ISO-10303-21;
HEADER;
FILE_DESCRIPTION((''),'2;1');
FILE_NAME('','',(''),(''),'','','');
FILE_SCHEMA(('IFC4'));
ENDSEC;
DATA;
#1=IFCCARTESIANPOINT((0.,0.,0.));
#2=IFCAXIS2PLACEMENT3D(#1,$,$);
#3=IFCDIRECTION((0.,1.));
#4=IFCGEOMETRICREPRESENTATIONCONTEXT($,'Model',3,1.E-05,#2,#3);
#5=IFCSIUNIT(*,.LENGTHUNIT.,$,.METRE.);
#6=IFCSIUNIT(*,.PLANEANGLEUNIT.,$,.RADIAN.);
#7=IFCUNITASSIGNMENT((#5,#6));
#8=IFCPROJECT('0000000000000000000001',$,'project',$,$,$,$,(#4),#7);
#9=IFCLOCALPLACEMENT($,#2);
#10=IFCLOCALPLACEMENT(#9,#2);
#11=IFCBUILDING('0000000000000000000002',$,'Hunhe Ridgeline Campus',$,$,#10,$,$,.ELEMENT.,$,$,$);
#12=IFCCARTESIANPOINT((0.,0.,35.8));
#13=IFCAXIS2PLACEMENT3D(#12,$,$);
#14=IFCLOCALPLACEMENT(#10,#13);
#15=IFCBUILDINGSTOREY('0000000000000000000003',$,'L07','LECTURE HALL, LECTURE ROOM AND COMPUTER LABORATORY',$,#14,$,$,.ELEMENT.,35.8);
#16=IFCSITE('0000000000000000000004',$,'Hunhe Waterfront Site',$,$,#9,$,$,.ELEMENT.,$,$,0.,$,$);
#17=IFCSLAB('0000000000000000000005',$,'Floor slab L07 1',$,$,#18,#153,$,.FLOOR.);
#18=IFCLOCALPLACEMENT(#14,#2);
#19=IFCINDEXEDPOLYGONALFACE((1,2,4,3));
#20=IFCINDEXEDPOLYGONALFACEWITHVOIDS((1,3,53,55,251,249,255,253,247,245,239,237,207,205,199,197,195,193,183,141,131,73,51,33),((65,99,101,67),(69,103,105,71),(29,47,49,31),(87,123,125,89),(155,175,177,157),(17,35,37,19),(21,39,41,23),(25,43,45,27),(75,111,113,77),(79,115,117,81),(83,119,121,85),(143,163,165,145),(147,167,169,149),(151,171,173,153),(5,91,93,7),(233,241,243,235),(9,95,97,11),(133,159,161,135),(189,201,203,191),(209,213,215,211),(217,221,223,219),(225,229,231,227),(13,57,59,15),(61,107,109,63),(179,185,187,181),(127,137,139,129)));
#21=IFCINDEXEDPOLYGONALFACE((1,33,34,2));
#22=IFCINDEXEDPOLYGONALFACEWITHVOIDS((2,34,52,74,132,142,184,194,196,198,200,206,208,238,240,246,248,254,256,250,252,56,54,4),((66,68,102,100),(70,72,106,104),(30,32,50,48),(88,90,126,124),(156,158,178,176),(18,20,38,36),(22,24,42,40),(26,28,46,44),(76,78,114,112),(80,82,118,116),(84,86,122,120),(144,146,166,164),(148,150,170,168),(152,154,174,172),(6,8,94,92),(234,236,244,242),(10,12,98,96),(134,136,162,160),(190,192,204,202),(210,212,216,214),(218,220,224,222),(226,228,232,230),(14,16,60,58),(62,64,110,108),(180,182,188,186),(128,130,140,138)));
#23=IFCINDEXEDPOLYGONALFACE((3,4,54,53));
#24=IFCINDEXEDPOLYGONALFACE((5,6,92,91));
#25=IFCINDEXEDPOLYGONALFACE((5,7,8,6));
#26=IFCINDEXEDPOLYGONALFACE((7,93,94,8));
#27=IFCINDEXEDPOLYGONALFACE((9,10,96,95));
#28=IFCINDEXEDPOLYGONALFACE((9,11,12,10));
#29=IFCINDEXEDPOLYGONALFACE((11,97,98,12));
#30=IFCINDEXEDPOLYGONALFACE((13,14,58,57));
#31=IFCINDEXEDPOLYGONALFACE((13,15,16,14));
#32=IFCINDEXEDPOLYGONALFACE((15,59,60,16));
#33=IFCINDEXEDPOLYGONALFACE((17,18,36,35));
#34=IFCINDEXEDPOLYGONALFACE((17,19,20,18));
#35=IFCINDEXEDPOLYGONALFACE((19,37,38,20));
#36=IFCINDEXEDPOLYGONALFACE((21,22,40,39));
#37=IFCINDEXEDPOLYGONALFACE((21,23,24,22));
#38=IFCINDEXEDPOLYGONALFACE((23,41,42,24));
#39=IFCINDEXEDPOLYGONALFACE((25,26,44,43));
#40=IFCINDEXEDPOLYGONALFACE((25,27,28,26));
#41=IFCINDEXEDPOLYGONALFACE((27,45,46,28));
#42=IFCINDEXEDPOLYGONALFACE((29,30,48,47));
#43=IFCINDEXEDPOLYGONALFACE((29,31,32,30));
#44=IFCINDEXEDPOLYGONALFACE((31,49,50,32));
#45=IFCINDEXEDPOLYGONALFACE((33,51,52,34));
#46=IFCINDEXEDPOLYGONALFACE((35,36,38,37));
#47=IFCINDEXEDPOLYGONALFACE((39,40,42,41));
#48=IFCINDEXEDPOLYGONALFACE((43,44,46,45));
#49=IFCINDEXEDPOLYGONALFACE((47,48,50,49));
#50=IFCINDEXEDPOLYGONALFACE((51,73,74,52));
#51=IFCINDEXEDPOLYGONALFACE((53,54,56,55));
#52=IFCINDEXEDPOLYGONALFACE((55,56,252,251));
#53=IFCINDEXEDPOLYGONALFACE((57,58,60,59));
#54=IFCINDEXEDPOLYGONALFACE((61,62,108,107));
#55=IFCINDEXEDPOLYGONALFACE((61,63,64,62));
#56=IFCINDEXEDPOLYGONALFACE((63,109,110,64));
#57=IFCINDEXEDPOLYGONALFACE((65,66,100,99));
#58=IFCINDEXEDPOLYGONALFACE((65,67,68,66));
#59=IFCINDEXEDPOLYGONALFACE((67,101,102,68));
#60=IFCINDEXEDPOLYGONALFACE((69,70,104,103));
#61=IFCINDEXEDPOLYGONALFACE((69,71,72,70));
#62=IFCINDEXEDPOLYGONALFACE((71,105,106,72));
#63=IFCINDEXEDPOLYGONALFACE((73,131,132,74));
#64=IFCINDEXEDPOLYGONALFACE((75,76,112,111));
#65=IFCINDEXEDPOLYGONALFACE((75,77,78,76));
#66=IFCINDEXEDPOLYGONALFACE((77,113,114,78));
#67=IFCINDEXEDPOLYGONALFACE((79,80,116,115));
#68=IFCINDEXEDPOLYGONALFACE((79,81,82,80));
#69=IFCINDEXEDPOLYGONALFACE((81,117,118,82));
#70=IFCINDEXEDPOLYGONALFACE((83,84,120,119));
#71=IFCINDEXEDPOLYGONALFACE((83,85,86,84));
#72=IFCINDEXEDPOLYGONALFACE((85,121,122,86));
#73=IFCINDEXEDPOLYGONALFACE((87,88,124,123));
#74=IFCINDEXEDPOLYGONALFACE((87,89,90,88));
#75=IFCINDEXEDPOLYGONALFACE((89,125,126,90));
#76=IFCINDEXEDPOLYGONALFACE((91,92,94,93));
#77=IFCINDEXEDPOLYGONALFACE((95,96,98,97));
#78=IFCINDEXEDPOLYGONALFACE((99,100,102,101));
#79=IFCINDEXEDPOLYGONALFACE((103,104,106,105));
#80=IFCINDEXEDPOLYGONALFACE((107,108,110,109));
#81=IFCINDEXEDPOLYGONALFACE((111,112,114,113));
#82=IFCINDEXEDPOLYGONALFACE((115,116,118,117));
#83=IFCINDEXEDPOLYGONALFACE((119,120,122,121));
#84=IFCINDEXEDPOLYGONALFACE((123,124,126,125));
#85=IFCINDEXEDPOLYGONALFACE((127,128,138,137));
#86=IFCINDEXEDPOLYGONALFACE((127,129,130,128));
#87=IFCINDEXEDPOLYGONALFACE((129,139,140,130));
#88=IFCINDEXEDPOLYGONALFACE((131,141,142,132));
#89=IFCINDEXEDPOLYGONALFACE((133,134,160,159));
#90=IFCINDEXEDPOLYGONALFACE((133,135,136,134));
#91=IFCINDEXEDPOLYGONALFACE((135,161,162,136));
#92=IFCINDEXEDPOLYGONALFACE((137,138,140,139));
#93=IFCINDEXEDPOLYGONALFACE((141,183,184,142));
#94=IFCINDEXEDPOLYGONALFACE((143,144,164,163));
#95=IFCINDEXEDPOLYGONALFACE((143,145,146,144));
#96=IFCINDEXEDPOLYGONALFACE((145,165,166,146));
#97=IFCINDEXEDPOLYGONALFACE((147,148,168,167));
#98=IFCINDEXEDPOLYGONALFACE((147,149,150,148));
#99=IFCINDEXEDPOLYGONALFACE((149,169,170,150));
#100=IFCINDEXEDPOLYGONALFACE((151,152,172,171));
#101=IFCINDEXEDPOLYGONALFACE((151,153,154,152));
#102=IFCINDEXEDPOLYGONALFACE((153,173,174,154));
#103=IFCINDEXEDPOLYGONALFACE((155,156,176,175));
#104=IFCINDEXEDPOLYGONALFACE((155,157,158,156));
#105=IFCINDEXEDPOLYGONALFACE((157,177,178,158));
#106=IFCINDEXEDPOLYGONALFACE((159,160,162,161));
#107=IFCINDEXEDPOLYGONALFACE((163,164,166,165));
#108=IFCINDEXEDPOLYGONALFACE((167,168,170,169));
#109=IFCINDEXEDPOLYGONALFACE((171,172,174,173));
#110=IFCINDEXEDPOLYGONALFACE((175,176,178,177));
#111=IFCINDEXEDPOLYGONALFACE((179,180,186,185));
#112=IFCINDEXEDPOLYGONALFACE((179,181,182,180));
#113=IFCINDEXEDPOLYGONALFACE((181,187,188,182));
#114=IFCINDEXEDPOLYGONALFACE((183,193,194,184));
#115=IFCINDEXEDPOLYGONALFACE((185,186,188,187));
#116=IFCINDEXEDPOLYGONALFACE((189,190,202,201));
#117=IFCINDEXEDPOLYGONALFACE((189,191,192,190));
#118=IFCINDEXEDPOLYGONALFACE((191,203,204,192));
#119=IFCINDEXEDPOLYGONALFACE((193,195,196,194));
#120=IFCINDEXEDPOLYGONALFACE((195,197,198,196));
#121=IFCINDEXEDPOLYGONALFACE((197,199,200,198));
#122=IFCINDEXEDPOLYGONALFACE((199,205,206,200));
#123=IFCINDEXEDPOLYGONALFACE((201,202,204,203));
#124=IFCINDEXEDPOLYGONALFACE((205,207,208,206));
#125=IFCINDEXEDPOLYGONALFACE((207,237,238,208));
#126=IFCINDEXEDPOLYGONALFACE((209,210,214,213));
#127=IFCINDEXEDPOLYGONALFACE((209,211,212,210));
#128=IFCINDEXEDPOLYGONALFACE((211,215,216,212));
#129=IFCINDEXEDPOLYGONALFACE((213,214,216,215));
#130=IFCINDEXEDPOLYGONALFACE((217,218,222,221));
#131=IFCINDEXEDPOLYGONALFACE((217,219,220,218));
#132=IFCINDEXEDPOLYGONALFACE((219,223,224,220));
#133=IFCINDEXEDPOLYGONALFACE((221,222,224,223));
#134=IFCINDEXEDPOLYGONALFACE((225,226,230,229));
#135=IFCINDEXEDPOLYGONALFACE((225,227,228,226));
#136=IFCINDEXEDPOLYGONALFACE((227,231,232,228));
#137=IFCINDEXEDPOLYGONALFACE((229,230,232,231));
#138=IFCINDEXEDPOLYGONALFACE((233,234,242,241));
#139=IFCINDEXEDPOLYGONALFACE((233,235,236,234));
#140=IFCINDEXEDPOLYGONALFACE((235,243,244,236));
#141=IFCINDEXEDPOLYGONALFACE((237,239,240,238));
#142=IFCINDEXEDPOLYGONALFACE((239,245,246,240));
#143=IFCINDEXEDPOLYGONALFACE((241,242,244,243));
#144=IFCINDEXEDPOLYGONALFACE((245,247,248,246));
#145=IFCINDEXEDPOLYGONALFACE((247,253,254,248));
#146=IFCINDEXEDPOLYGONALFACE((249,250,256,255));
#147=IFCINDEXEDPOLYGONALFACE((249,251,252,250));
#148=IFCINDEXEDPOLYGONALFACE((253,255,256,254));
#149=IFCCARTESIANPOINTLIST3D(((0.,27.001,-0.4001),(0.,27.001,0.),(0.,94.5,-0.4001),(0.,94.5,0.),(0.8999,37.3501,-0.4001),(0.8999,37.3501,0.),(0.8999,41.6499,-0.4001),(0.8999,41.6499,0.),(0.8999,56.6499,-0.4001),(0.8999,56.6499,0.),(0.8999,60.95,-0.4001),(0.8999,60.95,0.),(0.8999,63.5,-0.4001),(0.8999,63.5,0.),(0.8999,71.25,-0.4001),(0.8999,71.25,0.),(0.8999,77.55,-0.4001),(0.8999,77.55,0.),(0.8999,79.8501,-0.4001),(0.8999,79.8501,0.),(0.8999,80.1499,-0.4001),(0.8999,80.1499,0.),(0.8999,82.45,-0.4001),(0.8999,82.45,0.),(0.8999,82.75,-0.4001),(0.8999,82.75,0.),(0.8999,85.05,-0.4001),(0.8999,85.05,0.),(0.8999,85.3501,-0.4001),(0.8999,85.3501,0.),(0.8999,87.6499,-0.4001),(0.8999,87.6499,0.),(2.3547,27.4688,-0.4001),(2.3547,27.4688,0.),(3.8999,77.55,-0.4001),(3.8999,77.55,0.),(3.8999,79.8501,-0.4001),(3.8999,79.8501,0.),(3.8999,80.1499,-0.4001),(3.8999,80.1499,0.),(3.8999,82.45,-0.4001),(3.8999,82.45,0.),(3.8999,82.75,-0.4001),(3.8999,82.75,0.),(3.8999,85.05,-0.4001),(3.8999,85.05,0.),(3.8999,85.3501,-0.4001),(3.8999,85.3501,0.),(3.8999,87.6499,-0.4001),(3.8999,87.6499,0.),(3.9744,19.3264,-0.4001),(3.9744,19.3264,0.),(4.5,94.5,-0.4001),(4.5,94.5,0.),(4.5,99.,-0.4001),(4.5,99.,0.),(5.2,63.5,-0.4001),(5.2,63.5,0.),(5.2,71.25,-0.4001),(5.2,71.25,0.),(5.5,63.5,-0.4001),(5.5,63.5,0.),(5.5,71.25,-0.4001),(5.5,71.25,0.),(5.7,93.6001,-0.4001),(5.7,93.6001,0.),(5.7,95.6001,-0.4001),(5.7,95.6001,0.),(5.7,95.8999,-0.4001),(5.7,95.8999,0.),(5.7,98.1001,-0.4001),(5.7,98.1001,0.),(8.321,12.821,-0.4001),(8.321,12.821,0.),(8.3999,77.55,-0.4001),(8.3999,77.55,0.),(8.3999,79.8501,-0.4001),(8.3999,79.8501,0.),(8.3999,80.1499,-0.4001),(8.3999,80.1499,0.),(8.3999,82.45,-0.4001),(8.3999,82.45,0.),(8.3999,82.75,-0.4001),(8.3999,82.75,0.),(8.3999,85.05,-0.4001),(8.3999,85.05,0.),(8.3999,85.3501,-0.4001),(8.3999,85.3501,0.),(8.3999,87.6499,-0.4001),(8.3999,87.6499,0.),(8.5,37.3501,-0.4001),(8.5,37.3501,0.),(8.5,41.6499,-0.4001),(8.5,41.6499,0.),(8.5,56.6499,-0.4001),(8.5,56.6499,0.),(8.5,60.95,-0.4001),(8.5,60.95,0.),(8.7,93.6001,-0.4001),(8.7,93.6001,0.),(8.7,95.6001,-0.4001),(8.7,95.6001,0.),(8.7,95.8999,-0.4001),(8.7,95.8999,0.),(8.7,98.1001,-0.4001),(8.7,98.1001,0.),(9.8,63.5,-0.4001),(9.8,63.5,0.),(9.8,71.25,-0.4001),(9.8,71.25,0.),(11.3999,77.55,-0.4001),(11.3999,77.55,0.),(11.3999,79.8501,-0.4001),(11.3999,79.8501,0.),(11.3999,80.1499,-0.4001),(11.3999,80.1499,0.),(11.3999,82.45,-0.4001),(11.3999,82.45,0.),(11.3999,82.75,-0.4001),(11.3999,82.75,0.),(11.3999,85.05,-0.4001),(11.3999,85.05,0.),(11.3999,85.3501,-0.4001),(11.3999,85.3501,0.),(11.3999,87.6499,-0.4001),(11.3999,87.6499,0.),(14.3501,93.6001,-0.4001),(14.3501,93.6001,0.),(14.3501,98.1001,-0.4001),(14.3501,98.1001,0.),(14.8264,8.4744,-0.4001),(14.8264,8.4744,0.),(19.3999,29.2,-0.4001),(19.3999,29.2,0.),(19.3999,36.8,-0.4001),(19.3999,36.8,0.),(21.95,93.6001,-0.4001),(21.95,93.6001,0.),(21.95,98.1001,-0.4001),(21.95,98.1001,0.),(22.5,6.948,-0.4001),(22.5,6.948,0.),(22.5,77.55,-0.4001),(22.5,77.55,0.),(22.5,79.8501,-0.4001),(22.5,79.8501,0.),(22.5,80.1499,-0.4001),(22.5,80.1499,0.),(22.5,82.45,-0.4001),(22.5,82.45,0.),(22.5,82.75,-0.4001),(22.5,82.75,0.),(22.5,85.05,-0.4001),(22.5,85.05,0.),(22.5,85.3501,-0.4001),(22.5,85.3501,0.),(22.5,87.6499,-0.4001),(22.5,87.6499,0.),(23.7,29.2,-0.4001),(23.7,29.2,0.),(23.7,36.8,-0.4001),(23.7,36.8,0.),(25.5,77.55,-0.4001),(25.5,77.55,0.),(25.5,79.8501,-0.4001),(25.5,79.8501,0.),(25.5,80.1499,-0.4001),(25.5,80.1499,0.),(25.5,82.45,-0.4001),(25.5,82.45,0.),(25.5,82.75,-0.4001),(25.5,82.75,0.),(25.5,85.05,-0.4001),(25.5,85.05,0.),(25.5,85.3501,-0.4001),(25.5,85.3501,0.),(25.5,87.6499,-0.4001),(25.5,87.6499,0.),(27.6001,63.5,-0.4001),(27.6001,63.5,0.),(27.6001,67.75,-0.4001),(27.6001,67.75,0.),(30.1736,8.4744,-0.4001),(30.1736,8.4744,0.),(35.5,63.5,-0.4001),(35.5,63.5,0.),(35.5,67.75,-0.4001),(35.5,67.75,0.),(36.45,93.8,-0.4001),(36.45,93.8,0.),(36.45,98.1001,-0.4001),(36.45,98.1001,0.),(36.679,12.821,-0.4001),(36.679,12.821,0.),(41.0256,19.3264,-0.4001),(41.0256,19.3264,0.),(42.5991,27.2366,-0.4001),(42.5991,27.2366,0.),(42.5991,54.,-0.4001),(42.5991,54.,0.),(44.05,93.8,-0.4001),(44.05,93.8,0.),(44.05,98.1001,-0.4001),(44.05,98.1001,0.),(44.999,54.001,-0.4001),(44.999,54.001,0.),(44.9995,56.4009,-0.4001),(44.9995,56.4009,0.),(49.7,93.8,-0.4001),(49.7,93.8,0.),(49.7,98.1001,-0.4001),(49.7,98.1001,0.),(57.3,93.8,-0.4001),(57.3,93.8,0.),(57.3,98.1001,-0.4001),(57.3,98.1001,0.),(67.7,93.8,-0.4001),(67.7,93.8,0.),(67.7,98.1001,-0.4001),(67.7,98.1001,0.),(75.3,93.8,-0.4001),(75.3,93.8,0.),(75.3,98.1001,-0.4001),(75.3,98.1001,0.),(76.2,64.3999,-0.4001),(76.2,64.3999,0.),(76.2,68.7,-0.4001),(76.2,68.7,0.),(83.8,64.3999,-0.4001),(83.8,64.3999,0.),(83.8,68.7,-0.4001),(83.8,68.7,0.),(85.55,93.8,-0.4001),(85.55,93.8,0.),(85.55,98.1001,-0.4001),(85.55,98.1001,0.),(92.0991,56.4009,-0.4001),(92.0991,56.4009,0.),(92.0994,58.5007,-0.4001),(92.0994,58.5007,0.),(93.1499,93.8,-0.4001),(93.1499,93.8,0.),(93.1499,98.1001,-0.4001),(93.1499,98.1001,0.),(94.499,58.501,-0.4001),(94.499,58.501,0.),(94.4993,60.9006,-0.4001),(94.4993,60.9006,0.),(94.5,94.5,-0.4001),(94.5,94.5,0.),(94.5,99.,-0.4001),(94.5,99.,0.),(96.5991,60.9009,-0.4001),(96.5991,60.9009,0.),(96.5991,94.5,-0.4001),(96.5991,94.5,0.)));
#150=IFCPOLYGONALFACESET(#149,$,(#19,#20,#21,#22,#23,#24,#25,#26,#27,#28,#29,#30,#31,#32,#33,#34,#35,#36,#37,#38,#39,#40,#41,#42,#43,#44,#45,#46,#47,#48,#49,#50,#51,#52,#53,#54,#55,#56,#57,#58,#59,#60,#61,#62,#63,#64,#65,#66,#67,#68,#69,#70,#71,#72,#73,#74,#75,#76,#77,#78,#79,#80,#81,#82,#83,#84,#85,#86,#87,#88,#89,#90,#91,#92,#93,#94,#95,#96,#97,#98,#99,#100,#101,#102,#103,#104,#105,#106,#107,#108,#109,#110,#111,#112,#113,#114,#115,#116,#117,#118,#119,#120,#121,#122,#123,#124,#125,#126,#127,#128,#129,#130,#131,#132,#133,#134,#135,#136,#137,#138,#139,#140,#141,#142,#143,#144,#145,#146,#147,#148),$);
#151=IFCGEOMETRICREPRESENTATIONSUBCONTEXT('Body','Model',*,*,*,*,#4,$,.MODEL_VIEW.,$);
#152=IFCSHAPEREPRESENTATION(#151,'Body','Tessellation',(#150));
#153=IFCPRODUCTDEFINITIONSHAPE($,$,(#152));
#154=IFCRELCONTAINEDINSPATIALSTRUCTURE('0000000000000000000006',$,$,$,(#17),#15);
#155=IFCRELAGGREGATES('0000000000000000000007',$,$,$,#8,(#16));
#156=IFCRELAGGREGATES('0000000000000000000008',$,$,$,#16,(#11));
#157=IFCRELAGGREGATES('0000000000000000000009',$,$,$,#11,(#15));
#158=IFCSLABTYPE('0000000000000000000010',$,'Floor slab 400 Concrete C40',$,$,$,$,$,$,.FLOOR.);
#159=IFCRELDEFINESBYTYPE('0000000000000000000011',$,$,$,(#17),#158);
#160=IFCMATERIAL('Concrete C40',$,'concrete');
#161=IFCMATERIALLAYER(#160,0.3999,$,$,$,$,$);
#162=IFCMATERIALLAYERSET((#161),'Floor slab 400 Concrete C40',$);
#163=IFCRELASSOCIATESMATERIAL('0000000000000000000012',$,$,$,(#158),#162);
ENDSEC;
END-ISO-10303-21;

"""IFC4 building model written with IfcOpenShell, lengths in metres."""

from ifc_helpers import new_model, si_unit, direction, frame, origin, place, context, subcontext, project, spatial, polyline, outline, extrude, material, layer, layer_set, type_object, element, save


model = new_model("IFC4")

# Units and contexts
model_context = context("Model", 3, precision=1e-05, world=origin(), true_north=direction((0.0, 1.0)))
body_context = subcontext(model_context, "Body", "Model", "MODEL_VIEW")
ifc_project = project(units=[si_unit("LENGTHUNIT", "METRE"), si_unit("PLANEANGLEUNIT", "RADIAN")], contexts=[model_context])

# Site, building, storey
site_placement = place(None, origin())
site = spatial("IfcSite", under=ifc_project, at=site_placement, Name="Hunhe Waterfront Site", CompositionType="ELEMENT", RefElevation=0.0)
building_placement = place(site_placement, origin())
building = spatial("IfcBuilding", under=site, at=building_placement, Name="Hunhe Ridgeline Campus", CompositionType="ELEMENT")
storey_placement = place(building_placement, frame((0.0, 0.0, 35.8)))
storey = spatial("IfcBuildingStorey", under=building, at=storey_placement, Name="L07", Description="LECTURE HALL, LECTURE ROOM AND COMPUTER LABORATORY", CompositionType="ELEMENT", Elevation=35.8)

# Slab
ifc_material_1 = material(Name="Concrete C40", Category="concrete")
ifc_layer_1 = layer(ifc_material_1, 0.3999)
ifc_layer_set_1 = layer_set([ifc_layer_1], Name="Floor slab 400 Concrete C40")
slab_type_1 = type_object("IfcSlabType", Name="Floor slab 400 Concrete C40", PredefinedType="FLOOR", material=ifc_layer_set_1)
slab_1_placement = place(storey_placement, frame((0.0, 0.0, -0.4001)))
element("IfcSlab", 1, at=slab_1_placement, inside=storey, type_object=slab_type_1, Name="Floor slab L07 1", PredefinedType="FLOOR", context=body_context, shape_type="SweptSolid", body=[
    extrude(outline(polyline([(4.5, 94.5), (0.0, 94.5), (0.0, 27.001), (2.3547, 27.4688), (3.9744, 19.3264), (8.321, 12.821), (14.8264, 8.4744), (22.5, 6.948), (30.1736, 8.4744), (36.679, 12.821), (41.0256, 19.3264), (42.5991, 27.2366), (42.5991, 54.0), (44.999, 54.001), (44.9995, 56.4009), (92.0991, 56.4009), (92.0994, 58.5007), (94.499, 58.501), (94.4993, 60.9006), (96.5991, 60.9009), (96.5991, 94.5), (94.5, 94.5), (94.5, 99.0), (4.5, 99.0), (4.5, 94.5)]), holes=[polyline([(93.1499, 93.8), (93.1499, 98.1001), (85.55, 98.1001), (85.55, 93.8), (93.1499, 93.8)]), polyline([(76.2, 68.7), (76.2, 64.3999), (83.8, 64.3999), (83.8, 68.7), (76.2, 68.7)]), polyline([(75.3, 98.1001), (67.7, 98.1001), (67.7, 93.8), (75.3, 93.8), (75.3, 98.1001)]), polyline([(49.7, 98.1001), (49.7, 93.8), (57.3, 93.8), (57.3, 98.1001), (49.7, 98.1001)]), polyline([(36.45, 93.8), (44.05, 93.8), (44.05, 98.1001), (36.45, 98.1001), (36.45, 93.8)]), polyline([(35.5, 63.5), (35.5, 67.75), (27.6001, 67.75), (27.6001, 63.5), (35.5, 63.5)]), polyline([(25.5, 80.1499), (25.5, 82.45), (22.5, 82.45), (22.5, 80.1499), (25.5, 80.1499)]), polyline([(25.5, 79.8501), (22.5, 79.8501), (22.5, 77.55), (25.5, 77.55), (25.5, 79.8501)]), polyline([(22.5, 87.6499), (22.5, 85.3501), (25.5, 85.3501), (25.5, 87.6499), (22.5, 87.6499)]), polyline([(22.5, 82.75), (25.5, 82.75), (25.5, 85.05), (22.5, 85.05), (22.5, 82.75)]), polyline([(23.7, 29.2), (23.7, 36.8), (19.3999, 36.8), (19.3999, 29.2), (23.7, 29.2)]), polyline([(14.3501, 93.6001), (21.95, 93.6001), (21.95, 98.1001), (14.3501, 98.1001), (14.3501, 93.6001)]), polyline([(11.3999, 79.8501), (8.3999, 79.8501), (8.3999, 77.55), (11.3999, 77.55), (11.3999, 79.8501)]), polyline([(11.3999, 80.1499), (11.3999, 82.45), (8.3999, 82.45), (8.3999, 80.1499), (11.3999, 80.1499)]), polyline([(8.3999, 87.6499), (8.3999, 85.3501), (11.3999, 85.3501), (11.3999, 87.6499), (8.3999, 87.6499)]), polyline([(8.3999, 82.75), (11.3999, 82.75), (11.3999, 85.05), (8.3999, 85.05), (8.3999, 82.75)]), polyline([(9.8, 71.25), (5.5, 71.25), (5.5, 63.5), (9.8, 63.5), (9.8, 71.25)]), polyline([(8.7, 95.8999), (8.7, 98.1001), (5.7, 98.1001), (5.7, 95.8999), (8.7, 95.8999)]), polyline([(8.7, 95.6001), (5.7, 95.6001), (5.7, 93.6001), (8.7, 93.6001), (8.7, 95.6001)]), polyline([(0.8999, 37.3501), (8.5, 37.3501), (8.5, 41.6499), (0.8999, 41.6499), (0.8999, 37.3501)]), polyline([(0.8999, 60.95), (0.8999, 56.6499), (8.5, 56.6499), (8.5, 60.95), (0.8999, 60.95)]), polyline([(0.8999, 71.25), (0.8999, 63.5), (5.2, 63.5), (5.2, 71.25), (0.8999, 71.25)]), polyline([(3.8999, 80.1499), (3.8999, 82.45), (0.8999, 82.45), (0.8999, 80.1499), (3.8999, 80.1499)]), polyline([(3.8999, 79.8501), (0.8999, 79.8501), (0.8999, 77.55), (3.8999, 77.55), (3.8999, 79.8501)]), polyline([(0.8999, 87.6499), (0.8999, 85.3501), (3.8999, 85.3501), (3.8999, 87.6499), (0.8999, 87.6499)]), polyline([(0.8999, 82.75), (3.8999, 82.75), (3.8999, 85.05), (0.8999, 85.05), (0.8999, 82.75)])]), origin(), (0.0, 0.0, 1.0), 0.4001),
])

save(model, "model.ifc")
